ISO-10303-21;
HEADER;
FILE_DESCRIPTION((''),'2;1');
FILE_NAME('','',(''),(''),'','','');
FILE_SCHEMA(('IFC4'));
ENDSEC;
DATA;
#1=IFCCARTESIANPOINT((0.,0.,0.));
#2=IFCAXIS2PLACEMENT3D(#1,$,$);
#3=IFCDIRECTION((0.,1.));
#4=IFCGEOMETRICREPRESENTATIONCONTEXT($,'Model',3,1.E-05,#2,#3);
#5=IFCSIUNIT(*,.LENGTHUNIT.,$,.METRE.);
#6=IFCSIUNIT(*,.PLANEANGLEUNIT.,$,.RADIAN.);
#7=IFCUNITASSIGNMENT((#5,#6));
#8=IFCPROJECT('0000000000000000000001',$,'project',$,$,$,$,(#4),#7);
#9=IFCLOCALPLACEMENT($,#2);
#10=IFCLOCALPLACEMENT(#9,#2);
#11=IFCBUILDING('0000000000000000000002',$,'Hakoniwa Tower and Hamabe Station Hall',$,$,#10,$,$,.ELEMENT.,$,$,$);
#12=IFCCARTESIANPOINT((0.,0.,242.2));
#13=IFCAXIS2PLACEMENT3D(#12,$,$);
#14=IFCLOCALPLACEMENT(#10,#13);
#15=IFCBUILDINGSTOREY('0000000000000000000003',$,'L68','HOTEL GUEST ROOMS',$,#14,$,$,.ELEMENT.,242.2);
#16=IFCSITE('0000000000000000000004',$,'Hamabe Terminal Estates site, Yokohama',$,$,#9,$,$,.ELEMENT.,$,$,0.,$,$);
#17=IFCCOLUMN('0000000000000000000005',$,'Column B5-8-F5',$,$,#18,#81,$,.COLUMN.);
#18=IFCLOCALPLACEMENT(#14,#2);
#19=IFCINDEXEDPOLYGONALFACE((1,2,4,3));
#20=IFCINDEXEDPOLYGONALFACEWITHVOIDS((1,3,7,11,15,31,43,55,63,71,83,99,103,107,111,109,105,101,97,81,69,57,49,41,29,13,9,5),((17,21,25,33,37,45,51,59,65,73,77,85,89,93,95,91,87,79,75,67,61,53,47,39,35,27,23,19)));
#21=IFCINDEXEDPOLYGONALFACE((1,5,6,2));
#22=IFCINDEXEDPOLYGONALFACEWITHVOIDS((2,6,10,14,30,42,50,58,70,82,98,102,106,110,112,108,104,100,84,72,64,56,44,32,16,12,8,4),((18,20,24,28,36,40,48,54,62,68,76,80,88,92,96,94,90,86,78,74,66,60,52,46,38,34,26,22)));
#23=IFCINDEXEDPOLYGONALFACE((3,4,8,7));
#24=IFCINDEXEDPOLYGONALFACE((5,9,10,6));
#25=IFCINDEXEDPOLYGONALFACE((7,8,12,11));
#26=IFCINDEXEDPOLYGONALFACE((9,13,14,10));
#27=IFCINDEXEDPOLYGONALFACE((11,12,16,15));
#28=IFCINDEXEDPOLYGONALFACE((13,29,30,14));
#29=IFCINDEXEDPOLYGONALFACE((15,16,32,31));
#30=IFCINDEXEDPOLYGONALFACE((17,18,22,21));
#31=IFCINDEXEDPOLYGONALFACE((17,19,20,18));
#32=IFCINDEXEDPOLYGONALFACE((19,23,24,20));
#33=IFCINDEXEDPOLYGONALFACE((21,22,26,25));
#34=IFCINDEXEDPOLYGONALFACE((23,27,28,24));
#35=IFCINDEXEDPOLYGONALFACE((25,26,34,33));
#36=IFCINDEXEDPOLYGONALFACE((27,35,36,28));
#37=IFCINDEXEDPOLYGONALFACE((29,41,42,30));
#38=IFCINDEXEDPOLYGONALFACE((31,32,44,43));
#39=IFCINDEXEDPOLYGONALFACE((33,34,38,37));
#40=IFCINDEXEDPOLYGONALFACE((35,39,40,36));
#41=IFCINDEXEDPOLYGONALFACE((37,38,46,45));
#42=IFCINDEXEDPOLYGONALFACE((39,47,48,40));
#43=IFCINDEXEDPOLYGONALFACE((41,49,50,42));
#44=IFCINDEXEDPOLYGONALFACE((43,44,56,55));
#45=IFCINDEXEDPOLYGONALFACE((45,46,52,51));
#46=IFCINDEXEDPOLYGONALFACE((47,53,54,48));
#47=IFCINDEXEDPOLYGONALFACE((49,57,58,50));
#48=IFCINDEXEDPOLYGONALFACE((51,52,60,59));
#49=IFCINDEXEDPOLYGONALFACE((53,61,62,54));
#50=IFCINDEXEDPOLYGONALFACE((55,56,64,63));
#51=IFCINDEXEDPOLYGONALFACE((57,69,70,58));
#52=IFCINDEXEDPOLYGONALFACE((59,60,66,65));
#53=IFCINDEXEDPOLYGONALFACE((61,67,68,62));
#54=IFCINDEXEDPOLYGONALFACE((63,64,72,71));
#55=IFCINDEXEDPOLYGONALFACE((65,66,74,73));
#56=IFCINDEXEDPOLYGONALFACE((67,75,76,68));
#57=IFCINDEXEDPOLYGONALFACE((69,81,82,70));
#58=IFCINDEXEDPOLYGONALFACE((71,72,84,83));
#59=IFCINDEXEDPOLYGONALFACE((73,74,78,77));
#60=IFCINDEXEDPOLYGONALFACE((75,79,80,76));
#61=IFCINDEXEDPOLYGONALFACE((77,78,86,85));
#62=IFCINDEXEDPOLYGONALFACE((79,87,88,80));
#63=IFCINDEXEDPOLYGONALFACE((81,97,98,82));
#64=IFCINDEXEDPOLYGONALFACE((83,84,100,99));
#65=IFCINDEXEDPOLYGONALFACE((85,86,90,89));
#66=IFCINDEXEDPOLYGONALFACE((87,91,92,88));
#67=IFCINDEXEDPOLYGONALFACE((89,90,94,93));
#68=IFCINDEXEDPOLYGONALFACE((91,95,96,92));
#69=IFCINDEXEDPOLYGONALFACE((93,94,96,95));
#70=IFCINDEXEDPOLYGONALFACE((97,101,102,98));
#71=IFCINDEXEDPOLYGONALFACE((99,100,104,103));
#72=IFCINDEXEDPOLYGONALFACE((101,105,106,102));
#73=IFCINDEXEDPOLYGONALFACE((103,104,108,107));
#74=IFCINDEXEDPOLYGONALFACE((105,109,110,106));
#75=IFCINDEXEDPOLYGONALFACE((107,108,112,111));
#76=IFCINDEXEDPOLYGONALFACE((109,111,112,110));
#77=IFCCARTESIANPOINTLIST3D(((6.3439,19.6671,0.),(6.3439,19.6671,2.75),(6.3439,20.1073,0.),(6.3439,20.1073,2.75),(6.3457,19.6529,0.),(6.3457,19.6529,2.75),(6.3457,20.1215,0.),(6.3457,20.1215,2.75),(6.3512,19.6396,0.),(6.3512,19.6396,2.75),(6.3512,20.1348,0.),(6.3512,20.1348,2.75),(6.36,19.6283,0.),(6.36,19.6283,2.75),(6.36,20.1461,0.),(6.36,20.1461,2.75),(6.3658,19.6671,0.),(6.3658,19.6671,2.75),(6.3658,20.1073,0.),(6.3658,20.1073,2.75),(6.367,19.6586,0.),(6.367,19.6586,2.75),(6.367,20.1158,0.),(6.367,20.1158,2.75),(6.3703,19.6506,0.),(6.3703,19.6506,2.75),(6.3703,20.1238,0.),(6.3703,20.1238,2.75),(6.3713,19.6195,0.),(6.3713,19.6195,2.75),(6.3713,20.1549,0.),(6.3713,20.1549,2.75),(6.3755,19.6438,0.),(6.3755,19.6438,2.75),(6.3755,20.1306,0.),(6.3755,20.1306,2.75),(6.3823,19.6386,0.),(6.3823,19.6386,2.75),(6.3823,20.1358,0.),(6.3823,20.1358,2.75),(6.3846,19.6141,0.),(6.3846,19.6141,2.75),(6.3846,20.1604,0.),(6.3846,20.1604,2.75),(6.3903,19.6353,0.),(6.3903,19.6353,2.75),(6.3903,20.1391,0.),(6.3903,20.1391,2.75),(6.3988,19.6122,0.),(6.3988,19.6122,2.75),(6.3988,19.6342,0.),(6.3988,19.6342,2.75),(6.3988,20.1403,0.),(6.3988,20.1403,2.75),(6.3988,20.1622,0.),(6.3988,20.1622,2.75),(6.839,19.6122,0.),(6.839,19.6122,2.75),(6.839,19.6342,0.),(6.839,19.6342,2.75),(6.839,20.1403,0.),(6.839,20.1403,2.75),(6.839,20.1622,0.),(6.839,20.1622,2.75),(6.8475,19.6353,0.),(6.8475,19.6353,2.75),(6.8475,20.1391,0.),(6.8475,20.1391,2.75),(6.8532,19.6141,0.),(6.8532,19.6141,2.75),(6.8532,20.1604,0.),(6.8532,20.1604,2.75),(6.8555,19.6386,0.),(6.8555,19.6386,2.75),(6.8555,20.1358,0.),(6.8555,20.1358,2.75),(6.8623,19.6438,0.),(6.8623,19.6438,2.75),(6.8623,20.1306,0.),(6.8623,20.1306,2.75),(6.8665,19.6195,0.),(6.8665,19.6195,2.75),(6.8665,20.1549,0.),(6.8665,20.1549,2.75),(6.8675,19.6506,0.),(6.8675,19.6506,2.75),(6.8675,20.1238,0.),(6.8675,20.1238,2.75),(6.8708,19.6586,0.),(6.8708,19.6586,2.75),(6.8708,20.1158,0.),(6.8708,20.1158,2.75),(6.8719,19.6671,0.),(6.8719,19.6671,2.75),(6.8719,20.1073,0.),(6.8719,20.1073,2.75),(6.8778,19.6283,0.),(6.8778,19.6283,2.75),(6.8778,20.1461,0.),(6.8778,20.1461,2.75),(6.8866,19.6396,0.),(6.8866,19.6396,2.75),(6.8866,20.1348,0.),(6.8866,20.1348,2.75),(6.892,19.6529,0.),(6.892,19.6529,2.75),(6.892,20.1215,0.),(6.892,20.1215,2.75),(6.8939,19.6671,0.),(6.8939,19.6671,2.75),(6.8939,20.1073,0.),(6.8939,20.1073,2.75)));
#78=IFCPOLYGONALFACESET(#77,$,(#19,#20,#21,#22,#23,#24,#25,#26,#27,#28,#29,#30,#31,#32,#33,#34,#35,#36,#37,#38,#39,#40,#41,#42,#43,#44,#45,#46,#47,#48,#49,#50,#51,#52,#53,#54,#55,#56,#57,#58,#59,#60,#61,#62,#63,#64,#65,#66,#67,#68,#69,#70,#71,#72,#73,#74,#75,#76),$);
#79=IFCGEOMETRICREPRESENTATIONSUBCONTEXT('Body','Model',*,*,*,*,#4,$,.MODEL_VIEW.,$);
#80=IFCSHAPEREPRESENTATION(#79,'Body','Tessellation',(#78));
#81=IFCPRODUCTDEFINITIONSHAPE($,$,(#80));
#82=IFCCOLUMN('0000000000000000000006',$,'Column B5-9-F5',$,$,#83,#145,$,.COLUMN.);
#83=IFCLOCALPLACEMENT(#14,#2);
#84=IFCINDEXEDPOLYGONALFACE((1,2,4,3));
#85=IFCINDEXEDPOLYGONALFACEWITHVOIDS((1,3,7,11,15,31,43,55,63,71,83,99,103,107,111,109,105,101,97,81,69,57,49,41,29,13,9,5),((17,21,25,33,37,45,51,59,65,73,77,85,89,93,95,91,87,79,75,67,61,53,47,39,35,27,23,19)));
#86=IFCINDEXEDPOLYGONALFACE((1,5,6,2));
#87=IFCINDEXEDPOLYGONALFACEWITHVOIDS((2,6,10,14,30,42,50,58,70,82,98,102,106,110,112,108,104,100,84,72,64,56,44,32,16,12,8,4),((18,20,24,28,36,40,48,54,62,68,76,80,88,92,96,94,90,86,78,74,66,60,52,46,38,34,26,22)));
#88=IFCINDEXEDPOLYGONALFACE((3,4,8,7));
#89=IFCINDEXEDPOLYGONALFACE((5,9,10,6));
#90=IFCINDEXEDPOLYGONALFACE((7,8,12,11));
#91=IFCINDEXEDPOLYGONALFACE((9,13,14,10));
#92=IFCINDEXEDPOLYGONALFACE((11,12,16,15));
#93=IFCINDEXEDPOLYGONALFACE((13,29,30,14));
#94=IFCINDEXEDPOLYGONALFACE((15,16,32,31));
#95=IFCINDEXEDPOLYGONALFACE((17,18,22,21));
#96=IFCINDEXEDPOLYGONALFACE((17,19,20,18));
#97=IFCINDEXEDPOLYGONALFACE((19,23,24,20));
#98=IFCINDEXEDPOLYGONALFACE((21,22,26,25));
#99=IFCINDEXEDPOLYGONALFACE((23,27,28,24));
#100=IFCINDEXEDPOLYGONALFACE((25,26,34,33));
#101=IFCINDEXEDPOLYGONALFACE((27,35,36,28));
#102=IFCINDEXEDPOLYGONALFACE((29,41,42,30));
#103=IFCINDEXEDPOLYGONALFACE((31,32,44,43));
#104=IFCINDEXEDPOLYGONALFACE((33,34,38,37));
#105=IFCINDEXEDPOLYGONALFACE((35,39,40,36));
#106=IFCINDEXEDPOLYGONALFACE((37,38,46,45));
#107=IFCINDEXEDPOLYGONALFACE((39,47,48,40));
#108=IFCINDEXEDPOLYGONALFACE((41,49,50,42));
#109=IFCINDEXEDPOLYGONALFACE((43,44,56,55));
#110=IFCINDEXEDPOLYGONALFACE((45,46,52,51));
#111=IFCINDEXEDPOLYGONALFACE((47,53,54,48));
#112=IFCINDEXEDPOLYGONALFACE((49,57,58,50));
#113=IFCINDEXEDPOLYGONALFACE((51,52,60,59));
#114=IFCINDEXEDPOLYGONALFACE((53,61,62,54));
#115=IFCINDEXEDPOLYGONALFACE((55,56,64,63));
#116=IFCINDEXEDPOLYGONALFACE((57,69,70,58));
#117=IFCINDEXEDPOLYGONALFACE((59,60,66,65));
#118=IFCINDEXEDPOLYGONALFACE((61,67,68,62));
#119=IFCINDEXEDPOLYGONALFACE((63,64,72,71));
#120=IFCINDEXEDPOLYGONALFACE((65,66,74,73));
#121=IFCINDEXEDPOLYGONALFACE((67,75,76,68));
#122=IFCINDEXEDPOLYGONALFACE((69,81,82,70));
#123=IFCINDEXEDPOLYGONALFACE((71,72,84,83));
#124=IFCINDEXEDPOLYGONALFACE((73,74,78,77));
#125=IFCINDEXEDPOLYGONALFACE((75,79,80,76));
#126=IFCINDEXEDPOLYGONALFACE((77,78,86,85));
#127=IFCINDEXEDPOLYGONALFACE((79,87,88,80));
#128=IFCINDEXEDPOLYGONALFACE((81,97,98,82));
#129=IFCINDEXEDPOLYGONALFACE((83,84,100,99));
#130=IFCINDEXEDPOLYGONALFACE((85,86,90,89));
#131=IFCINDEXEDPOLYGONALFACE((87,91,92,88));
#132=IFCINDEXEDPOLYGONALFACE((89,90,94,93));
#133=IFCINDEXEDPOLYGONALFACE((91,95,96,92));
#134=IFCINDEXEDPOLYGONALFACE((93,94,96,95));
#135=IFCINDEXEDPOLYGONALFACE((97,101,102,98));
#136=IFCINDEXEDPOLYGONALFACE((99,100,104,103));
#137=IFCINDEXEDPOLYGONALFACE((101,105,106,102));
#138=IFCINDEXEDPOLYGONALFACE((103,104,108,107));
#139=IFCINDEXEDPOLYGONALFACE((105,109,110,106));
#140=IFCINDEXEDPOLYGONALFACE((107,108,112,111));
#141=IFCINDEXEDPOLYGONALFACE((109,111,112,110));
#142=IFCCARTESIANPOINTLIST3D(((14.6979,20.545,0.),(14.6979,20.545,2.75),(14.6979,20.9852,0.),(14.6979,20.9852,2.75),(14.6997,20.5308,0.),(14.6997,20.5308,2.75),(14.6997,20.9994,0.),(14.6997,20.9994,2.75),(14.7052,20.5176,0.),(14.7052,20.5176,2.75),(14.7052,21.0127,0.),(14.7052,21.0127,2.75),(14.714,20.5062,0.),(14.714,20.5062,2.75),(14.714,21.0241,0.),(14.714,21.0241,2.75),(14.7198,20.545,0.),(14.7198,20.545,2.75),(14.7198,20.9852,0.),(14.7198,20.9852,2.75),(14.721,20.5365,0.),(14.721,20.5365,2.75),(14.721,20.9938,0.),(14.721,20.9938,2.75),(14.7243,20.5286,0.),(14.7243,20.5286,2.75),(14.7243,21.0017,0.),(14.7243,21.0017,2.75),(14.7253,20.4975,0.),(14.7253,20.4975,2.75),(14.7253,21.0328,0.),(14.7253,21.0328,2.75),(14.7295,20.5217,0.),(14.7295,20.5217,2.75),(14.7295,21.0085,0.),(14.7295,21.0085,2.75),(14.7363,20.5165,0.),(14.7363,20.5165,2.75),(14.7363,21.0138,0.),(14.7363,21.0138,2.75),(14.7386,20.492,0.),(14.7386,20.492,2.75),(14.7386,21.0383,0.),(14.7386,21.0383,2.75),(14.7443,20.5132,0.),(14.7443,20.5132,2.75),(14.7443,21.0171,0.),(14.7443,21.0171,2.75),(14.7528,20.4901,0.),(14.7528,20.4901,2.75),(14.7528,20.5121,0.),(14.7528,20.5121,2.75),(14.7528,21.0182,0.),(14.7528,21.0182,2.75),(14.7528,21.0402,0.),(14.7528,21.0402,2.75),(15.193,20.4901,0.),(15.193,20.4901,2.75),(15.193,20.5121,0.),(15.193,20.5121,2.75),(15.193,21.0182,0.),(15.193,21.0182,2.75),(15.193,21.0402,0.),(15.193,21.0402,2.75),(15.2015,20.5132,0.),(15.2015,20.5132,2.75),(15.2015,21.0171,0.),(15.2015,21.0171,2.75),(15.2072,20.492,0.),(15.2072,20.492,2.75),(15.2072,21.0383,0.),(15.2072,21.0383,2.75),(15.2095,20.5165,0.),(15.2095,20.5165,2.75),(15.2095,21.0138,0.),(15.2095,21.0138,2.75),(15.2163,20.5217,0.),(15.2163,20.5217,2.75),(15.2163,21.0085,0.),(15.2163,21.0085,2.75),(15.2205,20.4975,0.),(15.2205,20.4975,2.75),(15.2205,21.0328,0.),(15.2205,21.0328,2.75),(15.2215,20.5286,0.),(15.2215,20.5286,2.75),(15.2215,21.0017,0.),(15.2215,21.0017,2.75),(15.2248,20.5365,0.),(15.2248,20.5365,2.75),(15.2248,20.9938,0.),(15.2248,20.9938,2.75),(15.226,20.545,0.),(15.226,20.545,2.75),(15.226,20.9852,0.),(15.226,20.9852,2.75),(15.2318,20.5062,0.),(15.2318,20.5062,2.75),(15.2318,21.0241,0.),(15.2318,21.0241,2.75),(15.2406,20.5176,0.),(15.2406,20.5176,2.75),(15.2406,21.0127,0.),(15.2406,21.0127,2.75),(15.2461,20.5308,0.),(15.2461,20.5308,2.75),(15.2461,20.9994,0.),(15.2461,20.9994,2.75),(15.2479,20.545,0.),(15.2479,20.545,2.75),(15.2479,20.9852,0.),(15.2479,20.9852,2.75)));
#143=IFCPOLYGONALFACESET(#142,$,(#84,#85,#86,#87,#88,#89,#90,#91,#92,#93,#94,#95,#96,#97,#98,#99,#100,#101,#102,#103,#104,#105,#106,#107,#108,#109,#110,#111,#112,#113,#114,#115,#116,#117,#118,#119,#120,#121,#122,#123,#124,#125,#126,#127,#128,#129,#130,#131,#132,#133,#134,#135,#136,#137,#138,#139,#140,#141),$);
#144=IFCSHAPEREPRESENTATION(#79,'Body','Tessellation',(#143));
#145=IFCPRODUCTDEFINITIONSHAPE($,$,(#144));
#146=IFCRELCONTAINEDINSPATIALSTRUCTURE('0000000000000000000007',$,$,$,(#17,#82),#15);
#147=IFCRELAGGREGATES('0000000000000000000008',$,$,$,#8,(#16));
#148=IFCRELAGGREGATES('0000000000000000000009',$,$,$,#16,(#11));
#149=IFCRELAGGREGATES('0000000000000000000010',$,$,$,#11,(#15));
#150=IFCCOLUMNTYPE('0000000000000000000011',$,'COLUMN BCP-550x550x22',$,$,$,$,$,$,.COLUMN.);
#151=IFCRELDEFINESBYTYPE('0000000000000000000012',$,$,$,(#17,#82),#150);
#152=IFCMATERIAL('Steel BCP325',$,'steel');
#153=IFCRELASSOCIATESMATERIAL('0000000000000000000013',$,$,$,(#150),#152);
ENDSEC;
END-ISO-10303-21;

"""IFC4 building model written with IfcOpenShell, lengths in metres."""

from ifc_helpers import new_model, si_unit, direction, frame, origin, origin_2d, place, context, subcontext, project, spatial, hollow_rectangle, extrude, material, material_profile, profile_set, type_object, element, save


model = new_model("IFC4")

# Units and contexts
model_context = context("Model", 3, precision=1e-05, world=origin(), true_north=direction((0.0, 1.0)))
body_context = subcontext(model_context, "Body", "Model", "MODEL_VIEW")
ifc_project = project(units=[si_unit("LENGTHUNIT", "METRE"), si_unit("PLANEANGLEUNIT", "RADIAN")], contexts=[model_context])

# Site, building, storey
site_placement = place(None, origin())
site = spatial("IfcSite", under=ifc_project, at=site_placement, Name="Hamabe Terminal Estates site, Yokohama", CompositionType="ELEMENT", RefElevation=0.0)
building_placement = place(site_placement, origin())
building = spatial("IfcBuilding", under=site, at=building_placement, Name="Hakoniwa Tower and Hamabe Station Hall", CompositionType="ELEMENT")
storey_placement = place(building_placement, frame((0.0, 0.0, 242.2)))
storey = spatial("IfcBuildingStorey", under=building, at=storey_placement, Name="L68", Description="HOTEL GUEST ROOMS", CompositionType="ELEMENT", Elevation=242.2)

# Columns
ifc_material_1 = material(Name="Steel BCP325", Category="steel")
ifc_material_profile_1 = material_profile(ifc_material_1, hollow_rectangle(XDim=0.55, YDim=0.55, WallThickness=0.022, InnerFilletRadius=0.033, OuterFilletRadius=0.0549, at=origin_2d()), Name="BCP-550x550x22")
ifc_profile_set_1 = profile_set([ifc_material_profile_1], Name="Steel BCP325")
column_type_1 = type_object("IfcColumnType", Name="COLUMN BCP-550x550x22", PredefinedType="COLUMN", material=ifc_profile_set_1)
for number, where, z_axis, x_axis, name in (
    (1, (6.6189, 19.8872, 0.0), (0.0, 0.0, 1.0), (1.0, 0.0, 0.0), "Column B5-8-F5"),
    (2, (14.9729, 20.7651, 0.0), (0.0, 0.0, 1.0), (1.0, 0.0, 0.0), "Column B5-9-F5"),
):
    element("IfcColumn", number, at=place(storey_placement, frame(where, z_axis=z_axis, x_axis=x_axis)), inside=storey, type_object=column_type_1, Name=name, PredefinedType="COLUMN", context=body_context, shape_type="SweptSolid", body=[
        extrude(hollow_rectangle(XDim=0.55, YDim=0.55, WallThickness=0.022, InnerFilletRadius=0.033, OuterFilletRadius=0.0549, at=origin_2d()), origin(), (0.0, 0.0, 1.0), 2.75),
    ])

save(model, "model.ifc")
